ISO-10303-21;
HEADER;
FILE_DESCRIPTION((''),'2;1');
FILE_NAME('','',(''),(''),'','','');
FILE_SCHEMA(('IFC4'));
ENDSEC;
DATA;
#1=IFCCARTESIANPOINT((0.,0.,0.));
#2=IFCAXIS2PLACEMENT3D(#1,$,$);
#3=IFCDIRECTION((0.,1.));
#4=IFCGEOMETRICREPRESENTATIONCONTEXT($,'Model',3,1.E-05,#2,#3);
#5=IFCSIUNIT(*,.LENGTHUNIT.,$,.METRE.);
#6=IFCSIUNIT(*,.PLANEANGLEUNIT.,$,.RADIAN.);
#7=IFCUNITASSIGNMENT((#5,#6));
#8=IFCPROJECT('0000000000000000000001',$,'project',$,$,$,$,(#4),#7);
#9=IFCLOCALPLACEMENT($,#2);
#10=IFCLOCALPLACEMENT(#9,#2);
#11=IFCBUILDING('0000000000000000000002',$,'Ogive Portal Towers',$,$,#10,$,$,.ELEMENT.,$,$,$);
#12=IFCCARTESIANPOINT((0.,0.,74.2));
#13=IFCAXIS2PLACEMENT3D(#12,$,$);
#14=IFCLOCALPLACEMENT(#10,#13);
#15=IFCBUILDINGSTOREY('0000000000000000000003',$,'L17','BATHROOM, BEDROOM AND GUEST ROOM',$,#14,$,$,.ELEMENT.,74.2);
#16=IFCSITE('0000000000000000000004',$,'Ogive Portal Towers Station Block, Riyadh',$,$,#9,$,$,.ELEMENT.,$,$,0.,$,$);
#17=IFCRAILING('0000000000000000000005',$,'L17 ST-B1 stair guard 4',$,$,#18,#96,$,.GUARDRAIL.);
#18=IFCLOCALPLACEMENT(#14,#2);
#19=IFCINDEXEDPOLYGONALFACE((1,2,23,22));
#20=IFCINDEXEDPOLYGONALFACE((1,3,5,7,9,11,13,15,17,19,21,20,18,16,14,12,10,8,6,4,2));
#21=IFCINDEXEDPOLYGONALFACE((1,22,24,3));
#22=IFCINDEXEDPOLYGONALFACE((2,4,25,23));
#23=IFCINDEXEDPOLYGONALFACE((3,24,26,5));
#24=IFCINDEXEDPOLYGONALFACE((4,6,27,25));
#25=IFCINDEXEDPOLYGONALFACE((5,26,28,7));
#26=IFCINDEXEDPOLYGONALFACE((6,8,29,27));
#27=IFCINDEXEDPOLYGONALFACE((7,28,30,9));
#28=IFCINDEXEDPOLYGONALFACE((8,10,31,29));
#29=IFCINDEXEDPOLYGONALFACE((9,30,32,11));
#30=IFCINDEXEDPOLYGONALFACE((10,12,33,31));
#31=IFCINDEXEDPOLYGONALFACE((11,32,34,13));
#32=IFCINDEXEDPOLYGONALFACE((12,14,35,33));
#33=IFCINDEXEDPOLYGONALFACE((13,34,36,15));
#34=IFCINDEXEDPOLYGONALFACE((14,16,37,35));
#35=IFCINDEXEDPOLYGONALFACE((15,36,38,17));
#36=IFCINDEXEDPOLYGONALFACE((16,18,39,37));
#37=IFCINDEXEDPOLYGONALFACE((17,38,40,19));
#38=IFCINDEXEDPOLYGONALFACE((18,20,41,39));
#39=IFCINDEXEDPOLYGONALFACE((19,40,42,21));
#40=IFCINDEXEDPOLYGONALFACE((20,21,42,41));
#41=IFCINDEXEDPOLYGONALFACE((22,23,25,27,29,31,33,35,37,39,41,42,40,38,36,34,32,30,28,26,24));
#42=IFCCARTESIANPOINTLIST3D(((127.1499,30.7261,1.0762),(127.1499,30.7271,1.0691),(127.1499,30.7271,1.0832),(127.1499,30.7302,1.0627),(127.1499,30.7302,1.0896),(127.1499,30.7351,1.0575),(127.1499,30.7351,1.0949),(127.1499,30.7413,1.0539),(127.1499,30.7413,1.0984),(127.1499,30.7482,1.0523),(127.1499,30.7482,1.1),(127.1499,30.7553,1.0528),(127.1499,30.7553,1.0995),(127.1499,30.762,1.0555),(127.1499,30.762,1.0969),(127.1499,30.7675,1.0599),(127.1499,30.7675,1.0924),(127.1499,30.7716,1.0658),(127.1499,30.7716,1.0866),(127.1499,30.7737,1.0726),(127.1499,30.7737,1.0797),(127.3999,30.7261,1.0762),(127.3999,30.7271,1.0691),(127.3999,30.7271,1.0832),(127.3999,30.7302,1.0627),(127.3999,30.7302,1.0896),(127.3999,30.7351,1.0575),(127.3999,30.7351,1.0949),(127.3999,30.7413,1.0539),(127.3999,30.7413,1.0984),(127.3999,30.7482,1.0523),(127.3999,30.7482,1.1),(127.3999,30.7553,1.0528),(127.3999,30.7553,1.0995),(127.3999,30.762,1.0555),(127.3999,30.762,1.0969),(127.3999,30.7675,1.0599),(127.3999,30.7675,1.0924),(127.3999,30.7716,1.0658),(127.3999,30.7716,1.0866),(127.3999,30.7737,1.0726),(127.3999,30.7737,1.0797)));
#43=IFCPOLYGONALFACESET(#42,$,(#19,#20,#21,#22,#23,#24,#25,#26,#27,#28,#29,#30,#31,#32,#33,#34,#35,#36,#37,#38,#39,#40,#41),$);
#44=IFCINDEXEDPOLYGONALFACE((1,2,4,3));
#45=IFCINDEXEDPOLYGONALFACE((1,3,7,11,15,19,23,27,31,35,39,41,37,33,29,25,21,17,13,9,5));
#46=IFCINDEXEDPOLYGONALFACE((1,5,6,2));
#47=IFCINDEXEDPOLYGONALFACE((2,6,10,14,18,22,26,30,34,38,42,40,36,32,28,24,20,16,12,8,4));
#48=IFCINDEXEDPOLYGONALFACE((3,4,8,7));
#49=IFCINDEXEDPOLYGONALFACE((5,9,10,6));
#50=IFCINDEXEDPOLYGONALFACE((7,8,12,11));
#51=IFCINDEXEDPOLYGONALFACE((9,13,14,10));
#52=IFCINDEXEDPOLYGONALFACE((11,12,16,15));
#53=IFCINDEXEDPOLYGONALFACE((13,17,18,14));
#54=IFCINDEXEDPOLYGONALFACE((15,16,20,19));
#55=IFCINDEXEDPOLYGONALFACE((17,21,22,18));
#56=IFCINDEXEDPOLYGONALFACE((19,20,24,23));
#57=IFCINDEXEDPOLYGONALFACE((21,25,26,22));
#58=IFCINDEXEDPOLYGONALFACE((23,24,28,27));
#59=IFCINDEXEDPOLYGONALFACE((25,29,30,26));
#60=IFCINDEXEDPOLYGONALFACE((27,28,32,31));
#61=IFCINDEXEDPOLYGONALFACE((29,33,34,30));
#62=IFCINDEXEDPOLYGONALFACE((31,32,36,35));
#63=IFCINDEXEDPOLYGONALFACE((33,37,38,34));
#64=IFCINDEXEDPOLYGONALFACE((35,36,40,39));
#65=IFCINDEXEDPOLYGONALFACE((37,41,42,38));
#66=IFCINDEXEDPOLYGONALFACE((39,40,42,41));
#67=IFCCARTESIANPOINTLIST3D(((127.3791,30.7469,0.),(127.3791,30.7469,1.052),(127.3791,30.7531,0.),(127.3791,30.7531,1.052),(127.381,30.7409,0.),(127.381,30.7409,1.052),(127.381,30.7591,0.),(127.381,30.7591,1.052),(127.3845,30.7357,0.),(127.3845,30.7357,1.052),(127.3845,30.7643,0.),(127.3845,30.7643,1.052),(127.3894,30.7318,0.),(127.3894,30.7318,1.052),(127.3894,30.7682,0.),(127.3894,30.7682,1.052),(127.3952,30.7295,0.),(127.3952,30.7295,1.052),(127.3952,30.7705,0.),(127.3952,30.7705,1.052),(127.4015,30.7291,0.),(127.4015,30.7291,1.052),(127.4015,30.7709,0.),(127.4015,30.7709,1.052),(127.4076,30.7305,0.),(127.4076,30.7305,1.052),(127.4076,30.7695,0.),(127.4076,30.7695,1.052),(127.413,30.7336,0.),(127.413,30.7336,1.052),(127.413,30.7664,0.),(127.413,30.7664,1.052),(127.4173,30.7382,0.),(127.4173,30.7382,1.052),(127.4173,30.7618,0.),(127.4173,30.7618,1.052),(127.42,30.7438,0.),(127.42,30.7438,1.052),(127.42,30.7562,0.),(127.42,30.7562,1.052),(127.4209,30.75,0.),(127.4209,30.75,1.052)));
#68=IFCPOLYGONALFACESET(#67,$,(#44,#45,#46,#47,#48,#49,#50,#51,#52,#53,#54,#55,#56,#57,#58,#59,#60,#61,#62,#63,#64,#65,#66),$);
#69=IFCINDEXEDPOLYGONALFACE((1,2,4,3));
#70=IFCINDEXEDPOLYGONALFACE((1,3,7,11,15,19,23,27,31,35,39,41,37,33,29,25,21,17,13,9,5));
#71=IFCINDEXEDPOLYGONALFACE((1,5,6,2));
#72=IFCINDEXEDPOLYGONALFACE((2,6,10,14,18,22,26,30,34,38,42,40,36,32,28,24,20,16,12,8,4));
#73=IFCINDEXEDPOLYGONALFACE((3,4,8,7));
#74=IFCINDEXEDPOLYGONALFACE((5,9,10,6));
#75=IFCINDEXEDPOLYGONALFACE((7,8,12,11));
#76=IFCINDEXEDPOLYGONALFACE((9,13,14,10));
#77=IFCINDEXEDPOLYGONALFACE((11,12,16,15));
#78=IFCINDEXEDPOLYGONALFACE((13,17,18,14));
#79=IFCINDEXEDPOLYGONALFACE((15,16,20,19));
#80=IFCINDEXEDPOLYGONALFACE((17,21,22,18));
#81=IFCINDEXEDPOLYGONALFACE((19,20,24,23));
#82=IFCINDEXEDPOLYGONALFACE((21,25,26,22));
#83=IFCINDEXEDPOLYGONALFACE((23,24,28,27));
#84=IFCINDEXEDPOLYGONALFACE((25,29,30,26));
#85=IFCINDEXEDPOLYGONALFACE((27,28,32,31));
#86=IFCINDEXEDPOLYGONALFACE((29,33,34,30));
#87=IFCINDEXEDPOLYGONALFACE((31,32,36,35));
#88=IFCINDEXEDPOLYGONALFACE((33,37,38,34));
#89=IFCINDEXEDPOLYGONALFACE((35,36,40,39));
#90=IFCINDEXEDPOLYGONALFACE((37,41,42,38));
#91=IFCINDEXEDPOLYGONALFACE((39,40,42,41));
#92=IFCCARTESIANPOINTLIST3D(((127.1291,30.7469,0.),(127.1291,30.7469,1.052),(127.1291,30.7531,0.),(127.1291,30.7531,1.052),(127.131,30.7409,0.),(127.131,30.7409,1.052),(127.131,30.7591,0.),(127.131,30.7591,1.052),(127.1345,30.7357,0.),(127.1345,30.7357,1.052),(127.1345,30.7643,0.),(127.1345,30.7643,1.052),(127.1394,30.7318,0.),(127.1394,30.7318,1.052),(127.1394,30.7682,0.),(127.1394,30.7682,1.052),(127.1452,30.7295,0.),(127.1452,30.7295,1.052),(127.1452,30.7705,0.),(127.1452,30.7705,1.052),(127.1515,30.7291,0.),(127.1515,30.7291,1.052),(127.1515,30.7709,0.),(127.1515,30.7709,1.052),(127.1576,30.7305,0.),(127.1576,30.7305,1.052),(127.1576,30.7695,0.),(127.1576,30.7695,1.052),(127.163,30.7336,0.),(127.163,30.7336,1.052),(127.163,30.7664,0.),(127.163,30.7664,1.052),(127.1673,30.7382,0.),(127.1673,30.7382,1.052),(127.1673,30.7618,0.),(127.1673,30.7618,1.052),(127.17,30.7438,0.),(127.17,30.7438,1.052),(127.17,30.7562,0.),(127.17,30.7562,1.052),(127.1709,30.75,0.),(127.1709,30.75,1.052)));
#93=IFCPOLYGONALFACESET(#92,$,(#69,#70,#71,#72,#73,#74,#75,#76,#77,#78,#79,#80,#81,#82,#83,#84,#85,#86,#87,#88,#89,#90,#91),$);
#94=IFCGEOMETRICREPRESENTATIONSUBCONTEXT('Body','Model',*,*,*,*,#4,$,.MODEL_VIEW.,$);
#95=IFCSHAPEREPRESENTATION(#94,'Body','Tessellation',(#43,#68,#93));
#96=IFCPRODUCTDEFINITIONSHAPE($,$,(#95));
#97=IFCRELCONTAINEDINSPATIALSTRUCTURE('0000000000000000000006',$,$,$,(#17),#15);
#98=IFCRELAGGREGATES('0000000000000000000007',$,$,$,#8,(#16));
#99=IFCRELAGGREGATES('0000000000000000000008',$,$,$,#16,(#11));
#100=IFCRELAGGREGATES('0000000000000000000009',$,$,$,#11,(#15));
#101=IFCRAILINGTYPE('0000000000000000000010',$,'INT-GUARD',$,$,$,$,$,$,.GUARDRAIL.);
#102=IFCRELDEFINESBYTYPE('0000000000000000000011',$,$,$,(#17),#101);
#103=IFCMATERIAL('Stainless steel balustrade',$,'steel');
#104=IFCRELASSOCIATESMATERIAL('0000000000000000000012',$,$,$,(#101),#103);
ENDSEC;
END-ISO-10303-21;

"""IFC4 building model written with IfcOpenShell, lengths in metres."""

from ifc_helpers import new_model, si_unit, direction, frame, origin, origin_2d, place, context, subcontext, project, spatial, circle, extrude, material, type_object, element, save


model = new_model("IFC4")

# Units and contexts
model_context = context("Model", 3, precision=1e-05, world=origin(), true_north=direction((0.0, 1.0)))
body_context = subcontext(model_context, "Body", "Model", "MODEL_VIEW")
ifc_project = project(units=[si_unit("LENGTHUNIT", "METRE"), si_unit("PLANEANGLEUNIT", "RADIAN")], contexts=[model_context])

# Site, building, storey
site_placement = place(None, origin())
site = spatial("IfcSite", under=ifc_project, at=site_placement, Name="Ogive Portal Towers Station Block, Riyadh", CompositionType="ELEMENT", RefElevation=0.0)
building_placement = place(site_placement, origin())
building = spatial("IfcBuilding", under=site, at=building_placement, Name="Ogive Portal Towers", CompositionType="ELEMENT")
storey_placement = place(building_placement, frame((0.0, 0.0, 74.2)))
storey = spatial("IfcBuildingStorey", under=building, at=storey_placement, Name="L17", Description="BATHROOM, BEDROOM AND GUEST ROOM", CompositionType="ELEMENT", Elevation=74.2)

# Railing
ifc_material_1 = material(Name="Stainless steel balustrade", Category="steel")
railing_type = type_object("IfcRailingType", Name="INT-GUARD", PredefinedType="GUARDRAIL", material=ifc_material_1)
railing_1_placement = place(storey_placement, frame((127.3999, 30.75, 0.0)))
element("IfcRailing", 1, at=railing_1_placement, inside=storey, type_object=railing_type, Name="L17 ST-B1 stair guard 4", PredefinedType="GUARDRAIL", context=body_context, shape_type="SweptSolid", body=[
    extrude(circle(Radius=0.0239, at=origin_2d()), frame((0.0, 0.0, 1.0762), z_axis=(-1.0, 0.0, 0.0), x_axis=(0.0, -1.0, 0.0)), (0.0, 0.0, 1.0), 0.25),
    extrude(circle(Radius=0.021, at=origin_2d()), origin(), (0.0, 0.0, 1.0), 1.052),
    extrude(circle(Radius=0.021, at=origin_2d()), frame((-0.25, 0.0, 0.0)), (0.0, 0.0, 1.0), 1.052),
])

save(model, "model.ifc")
